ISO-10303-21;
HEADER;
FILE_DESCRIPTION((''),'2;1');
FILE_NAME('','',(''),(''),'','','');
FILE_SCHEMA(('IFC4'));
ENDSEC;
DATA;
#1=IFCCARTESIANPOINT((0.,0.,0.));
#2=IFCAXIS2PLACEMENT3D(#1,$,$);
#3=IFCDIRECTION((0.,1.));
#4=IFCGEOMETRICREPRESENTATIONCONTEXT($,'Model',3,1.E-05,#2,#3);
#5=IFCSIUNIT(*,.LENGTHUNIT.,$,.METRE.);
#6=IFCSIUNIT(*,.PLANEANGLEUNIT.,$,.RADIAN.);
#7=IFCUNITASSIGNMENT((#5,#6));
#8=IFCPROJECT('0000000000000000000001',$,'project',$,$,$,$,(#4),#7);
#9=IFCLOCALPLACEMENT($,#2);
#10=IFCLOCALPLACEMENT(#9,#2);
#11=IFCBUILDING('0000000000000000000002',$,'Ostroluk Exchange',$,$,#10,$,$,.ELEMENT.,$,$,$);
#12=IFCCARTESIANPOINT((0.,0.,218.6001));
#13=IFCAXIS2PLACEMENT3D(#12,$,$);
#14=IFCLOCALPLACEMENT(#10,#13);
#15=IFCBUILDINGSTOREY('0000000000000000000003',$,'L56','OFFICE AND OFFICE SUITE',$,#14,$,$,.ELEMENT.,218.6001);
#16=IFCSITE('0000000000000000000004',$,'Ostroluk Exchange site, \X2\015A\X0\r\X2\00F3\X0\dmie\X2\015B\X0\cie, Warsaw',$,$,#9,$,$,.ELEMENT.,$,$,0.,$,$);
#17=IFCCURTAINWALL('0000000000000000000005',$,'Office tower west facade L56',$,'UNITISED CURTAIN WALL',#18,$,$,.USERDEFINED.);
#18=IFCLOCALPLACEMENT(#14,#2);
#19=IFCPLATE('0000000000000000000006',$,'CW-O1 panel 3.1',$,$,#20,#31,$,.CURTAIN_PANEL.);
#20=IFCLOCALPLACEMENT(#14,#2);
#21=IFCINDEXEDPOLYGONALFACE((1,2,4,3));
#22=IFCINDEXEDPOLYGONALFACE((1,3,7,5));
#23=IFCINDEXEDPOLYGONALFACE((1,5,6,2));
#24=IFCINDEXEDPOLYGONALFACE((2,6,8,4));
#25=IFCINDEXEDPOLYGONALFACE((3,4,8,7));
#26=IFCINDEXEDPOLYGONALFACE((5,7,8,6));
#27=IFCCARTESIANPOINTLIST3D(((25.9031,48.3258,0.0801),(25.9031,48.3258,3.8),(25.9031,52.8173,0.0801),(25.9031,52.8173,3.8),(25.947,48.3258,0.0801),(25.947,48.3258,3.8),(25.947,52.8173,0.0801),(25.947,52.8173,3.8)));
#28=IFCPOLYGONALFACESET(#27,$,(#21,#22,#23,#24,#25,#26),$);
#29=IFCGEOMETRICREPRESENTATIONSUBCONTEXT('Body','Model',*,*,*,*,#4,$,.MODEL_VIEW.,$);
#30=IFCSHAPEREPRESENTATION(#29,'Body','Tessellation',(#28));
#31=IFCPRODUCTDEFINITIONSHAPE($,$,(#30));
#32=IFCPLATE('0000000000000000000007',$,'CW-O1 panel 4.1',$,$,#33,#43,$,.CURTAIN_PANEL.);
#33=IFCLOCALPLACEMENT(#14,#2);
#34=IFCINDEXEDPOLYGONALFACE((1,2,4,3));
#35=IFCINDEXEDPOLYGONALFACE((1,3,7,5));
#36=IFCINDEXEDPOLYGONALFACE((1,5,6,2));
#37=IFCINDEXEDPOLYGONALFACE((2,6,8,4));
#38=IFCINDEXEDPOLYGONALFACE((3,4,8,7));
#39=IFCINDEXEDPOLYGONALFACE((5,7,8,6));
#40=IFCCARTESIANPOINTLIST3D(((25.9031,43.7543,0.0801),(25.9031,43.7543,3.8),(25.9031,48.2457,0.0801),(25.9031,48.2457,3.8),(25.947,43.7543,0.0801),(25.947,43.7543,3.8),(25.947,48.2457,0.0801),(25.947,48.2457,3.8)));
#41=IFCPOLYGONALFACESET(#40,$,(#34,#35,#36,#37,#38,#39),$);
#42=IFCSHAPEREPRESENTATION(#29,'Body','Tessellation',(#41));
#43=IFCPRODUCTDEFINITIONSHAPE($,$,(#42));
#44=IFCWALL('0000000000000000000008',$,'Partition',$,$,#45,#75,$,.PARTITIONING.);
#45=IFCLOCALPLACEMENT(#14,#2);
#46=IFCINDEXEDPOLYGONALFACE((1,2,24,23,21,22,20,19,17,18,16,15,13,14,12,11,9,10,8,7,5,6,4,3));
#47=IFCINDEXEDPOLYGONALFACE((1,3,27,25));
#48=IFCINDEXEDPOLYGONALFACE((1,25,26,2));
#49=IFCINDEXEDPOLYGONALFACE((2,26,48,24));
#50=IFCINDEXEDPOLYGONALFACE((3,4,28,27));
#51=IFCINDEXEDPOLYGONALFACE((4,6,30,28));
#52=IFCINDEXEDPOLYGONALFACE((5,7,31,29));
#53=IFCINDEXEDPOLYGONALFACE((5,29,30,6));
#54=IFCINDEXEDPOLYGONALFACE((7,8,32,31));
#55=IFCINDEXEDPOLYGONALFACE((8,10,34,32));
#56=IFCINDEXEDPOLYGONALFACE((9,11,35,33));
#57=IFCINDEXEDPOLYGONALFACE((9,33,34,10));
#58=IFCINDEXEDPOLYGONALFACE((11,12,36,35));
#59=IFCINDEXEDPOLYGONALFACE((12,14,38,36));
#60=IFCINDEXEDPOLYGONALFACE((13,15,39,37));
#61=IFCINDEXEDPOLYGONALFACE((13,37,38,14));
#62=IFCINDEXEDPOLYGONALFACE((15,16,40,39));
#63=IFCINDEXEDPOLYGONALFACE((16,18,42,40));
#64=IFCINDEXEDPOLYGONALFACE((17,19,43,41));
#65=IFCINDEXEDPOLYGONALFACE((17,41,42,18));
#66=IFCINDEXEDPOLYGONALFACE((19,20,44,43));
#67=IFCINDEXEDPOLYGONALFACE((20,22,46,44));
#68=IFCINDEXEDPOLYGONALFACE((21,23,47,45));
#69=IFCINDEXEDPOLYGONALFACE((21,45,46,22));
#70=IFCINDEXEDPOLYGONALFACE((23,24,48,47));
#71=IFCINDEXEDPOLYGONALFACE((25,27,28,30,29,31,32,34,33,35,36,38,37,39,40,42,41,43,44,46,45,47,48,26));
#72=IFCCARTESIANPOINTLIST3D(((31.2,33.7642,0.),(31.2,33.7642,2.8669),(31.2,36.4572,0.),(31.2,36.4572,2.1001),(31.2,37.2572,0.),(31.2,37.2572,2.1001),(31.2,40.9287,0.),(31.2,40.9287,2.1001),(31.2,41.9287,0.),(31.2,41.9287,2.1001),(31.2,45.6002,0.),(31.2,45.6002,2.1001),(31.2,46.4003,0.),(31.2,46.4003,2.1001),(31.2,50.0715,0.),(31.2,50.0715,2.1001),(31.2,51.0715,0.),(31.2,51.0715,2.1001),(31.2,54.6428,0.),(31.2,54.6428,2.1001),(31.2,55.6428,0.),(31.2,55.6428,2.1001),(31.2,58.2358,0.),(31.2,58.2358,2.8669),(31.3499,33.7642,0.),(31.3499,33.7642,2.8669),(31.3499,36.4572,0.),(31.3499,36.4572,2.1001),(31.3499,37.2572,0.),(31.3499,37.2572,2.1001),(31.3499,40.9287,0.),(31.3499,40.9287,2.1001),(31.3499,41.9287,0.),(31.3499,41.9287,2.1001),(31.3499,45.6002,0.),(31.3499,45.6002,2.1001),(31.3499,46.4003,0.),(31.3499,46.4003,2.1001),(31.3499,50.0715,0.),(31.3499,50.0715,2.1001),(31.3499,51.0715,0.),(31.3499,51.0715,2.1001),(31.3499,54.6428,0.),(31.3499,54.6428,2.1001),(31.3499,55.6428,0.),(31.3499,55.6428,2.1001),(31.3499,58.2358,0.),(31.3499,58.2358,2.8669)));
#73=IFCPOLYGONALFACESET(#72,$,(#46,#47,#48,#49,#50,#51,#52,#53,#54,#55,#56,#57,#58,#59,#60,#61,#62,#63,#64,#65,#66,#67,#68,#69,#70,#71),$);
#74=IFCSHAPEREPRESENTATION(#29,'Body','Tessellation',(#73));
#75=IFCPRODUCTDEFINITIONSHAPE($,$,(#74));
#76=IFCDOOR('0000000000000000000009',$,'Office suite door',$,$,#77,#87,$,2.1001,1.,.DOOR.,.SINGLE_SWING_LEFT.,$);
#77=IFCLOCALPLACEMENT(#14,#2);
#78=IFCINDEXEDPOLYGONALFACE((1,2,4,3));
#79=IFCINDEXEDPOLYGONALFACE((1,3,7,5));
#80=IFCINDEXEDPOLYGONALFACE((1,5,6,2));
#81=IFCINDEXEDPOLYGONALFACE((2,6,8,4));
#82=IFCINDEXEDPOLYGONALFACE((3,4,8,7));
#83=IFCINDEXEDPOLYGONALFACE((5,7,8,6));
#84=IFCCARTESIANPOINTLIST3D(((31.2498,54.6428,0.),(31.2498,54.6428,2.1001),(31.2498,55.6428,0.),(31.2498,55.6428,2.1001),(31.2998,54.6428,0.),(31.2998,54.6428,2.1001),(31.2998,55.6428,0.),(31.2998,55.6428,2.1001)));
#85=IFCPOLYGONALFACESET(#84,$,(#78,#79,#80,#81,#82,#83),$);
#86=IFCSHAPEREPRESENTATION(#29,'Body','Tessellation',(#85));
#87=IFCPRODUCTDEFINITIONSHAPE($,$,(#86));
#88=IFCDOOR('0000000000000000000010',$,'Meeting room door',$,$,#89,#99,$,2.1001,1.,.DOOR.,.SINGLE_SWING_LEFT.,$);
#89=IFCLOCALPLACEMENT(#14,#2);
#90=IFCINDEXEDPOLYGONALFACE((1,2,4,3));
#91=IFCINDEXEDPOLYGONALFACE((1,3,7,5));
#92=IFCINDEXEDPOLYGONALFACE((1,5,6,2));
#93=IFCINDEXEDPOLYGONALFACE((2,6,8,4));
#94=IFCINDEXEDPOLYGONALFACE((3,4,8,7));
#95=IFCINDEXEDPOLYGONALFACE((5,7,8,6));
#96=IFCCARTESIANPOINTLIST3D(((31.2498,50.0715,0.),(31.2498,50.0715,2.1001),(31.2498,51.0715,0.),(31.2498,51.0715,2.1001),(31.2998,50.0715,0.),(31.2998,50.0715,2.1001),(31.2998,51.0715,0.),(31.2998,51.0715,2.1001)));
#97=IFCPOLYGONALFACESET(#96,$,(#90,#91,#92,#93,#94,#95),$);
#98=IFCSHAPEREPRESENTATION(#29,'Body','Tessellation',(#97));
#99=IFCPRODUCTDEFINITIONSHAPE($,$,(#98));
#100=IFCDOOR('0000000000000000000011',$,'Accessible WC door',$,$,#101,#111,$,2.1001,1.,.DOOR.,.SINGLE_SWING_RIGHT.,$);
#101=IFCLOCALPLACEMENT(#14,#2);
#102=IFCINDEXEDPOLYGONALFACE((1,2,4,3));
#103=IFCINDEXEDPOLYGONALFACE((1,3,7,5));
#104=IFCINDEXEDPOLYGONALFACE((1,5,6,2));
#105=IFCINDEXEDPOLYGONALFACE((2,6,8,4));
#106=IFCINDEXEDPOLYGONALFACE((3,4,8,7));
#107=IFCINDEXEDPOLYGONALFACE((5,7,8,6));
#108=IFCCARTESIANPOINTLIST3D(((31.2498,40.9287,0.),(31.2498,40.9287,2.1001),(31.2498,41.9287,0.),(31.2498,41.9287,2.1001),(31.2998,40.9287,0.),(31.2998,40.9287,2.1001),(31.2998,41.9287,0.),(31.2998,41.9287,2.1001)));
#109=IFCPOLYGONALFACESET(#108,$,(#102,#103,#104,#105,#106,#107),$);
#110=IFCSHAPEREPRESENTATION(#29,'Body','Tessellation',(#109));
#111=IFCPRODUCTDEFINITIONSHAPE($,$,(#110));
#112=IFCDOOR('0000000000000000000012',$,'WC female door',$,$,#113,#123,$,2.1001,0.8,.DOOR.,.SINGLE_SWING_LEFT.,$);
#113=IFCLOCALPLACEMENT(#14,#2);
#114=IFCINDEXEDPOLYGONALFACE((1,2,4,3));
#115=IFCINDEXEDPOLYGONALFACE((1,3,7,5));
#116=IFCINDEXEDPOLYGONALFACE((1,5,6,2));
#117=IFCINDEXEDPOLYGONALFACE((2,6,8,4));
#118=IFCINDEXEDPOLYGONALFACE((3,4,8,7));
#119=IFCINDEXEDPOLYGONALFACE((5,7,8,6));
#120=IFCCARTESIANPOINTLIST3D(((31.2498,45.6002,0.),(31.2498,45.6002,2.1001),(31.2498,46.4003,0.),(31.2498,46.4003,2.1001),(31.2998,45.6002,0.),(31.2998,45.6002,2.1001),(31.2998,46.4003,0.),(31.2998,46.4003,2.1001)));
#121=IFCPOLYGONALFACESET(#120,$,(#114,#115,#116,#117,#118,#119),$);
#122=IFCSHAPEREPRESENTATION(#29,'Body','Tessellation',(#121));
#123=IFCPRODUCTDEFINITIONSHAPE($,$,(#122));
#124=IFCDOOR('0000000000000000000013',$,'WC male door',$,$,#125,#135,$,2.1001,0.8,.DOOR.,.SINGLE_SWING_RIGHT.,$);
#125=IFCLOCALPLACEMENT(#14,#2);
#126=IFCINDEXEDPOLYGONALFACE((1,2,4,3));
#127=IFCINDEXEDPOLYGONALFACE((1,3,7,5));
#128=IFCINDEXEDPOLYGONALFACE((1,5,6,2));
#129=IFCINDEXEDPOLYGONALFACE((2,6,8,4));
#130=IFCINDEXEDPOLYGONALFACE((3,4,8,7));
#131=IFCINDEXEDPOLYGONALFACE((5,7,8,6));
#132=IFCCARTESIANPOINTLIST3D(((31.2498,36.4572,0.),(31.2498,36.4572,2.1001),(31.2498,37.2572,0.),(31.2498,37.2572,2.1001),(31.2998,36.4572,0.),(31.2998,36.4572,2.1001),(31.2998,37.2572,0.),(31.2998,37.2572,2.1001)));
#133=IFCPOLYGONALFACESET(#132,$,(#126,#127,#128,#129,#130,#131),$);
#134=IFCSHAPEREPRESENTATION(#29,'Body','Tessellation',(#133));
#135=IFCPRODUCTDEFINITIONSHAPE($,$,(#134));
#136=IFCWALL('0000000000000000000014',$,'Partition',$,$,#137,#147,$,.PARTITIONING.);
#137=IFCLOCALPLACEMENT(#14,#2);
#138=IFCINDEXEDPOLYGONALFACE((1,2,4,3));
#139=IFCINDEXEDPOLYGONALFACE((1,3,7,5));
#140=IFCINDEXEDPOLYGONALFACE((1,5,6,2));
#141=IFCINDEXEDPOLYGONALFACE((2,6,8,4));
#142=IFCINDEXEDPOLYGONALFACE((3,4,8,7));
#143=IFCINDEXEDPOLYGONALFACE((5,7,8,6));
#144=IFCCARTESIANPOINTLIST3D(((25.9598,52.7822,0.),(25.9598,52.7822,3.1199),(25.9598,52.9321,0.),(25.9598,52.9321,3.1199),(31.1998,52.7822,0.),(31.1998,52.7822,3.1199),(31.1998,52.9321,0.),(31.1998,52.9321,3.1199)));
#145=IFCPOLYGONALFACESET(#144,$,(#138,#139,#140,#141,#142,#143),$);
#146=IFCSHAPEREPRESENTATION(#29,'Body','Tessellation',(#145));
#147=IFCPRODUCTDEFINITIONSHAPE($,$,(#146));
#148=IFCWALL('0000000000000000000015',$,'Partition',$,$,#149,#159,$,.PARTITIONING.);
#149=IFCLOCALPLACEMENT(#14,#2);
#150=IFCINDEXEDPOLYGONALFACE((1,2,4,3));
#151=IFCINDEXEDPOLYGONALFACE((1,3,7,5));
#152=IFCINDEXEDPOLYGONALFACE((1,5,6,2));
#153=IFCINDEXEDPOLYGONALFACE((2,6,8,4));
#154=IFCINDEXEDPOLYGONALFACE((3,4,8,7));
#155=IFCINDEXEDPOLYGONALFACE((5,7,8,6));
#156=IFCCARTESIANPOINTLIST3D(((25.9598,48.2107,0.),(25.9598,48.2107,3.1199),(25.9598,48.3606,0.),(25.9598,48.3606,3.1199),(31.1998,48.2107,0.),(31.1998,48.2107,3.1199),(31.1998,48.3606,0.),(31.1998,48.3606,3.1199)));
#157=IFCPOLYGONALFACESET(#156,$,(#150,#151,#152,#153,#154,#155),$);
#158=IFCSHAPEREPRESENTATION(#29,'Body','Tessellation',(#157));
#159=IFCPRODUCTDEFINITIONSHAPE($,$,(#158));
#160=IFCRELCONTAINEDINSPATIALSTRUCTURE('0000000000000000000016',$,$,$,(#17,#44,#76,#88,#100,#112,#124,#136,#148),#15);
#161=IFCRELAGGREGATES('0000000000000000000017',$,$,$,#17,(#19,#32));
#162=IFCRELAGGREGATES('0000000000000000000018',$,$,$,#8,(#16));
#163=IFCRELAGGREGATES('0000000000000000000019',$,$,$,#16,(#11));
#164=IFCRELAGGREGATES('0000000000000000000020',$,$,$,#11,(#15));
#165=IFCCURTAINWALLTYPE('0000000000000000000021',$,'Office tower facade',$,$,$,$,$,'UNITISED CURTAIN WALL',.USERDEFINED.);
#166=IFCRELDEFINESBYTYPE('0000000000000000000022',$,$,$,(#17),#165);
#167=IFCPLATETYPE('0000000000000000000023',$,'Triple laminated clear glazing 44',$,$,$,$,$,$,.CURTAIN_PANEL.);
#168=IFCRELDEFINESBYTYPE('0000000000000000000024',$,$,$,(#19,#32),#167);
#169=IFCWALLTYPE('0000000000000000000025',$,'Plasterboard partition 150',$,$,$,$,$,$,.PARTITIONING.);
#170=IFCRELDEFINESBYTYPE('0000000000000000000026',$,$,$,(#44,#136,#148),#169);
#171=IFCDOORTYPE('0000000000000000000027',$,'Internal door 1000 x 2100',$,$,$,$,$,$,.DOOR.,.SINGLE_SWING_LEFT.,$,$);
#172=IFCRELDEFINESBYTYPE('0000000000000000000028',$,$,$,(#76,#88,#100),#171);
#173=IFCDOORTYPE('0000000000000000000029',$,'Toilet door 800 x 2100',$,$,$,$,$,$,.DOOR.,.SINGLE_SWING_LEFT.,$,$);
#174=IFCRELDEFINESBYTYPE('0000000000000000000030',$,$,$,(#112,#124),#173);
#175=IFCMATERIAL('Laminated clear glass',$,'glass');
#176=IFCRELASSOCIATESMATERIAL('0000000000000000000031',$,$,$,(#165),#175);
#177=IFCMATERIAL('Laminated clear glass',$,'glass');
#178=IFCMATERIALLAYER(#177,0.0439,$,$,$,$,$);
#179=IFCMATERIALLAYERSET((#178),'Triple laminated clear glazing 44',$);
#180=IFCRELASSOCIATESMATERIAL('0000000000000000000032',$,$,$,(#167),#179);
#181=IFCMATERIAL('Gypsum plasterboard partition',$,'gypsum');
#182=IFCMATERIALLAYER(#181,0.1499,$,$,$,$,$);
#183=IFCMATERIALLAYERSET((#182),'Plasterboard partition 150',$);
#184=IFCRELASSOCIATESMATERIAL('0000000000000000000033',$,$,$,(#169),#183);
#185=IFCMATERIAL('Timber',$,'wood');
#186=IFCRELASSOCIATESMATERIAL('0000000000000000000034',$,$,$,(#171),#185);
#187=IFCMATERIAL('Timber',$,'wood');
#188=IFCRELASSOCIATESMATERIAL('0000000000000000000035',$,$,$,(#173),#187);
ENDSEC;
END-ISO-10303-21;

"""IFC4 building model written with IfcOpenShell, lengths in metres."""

from ifc_helpers import new_model, si_unit, direction, frame, frame_2d, origin, origin_2d, place, context, subcontext, project, spatial, rectangle, extrude, material, layer, layer_set, type_object, element, fill, aggregate, save


model = new_model("IFC4")

# Units and contexts
model_context = context("Model", 3, precision=1e-05, world=origin(), true_north=direction((0.0, 1.0)))
body_context = subcontext(model_context, "Body", "Model", "MODEL_VIEW")
ifc_project = project(units=[si_unit("LENGTHUNIT", "METRE"), si_unit("PLANEANGLEUNIT", "RADIAN")], contexts=[model_context])

# Site, building, storey
site_placement = place(None, origin())
site = spatial("IfcSite", under=ifc_project, at=site_placement, Name="Ostroluk Exchange site, Śródmieście, Warsaw", CompositionType="ELEMENT", RefElevation=0.0)
building_placement = place(site_placement, origin())
building = spatial("IfcBuilding", under=site, at=building_placement, Name="Ostroluk Exchange", CompositionType="ELEMENT")
storey_placement = place(building_placement, frame((0.0, 0.0, 218.6001)))
storey = spatial("IfcBuildingStorey", under=building, at=storey_placement, Name="L56", Description="OFFICE AND OFFICE SUITE", CompositionType="ELEMENT", Elevation=218.6001)

# Curtain wall, plates
ifc_material_1 = material(Name="Laminated clear glass", Category="glass")
curtain_wall_type = type_object("IfcCurtainWallType", Name="Office tower facade", ElementType="UNITISED CURTAIN WALL", PredefinedType="USERDEFINED", material=ifc_material_1)
curtain_wall_placement = place(storey_placement, origin())
curtain_wall = element("IfcCurtainWall", 1, at=curtain_wall_placement, inside=storey, type_object=curtain_wall_type, Name="Office tower west facade L56", ObjectType="UNITISED CURTAIN WALL", PredefinedType="USERDEFINED")
ifc_material_2 = material(Name="Laminated clear glass", Category="glass")
ifc_layer_1 = layer(ifc_material_2, 0.0439)
ifc_layer_set_1 = layer_set([ifc_layer_1], Name="Triple laminated clear glazing 44")
plate_type = type_object("IfcPlateType", Name="Triple laminated clear glazing 44", PredefinedType="CURTAIN_PANEL", material=ifc_layer_set_1)
plate_1_placement = place(storey_placement, frame((25.925, 50.5715, 0.0801), z_axis=(0.0, 0.0, 1.0), x_axis=(0.0, -1.0, 0.0)))
plate_1 = element("IfcPlate", 2, at=plate_1_placement, type_object=plate_type, Name="CW-O1 panel 3.1", PredefinedType="CURTAIN_PANEL", context=body_context, shape_type="SweptSolid", body=[
    extrude(rectangle(XDim=4.4915, YDim=0.0439, at=origin_2d()), origin(), (0.0, 0.0, 1.0), 3.72),
])
plate_2_placement = place(storey_placement, frame((25.925, 46.0, 0.0801), z_axis=(0.0, 0.0, 1.0), x_axis=(0.0, -1.0, 0.0)))
plate_2 = element("IfcPlate", 3, at=plate_2_placement, type_object=plate_type, Name="CW-O1 panel 4.1", PredefinedType="CURTAIN_PANEL", context=body_context, shape_type="SweptSolid", body=[
    extrude(rectangle(XDim=4.4915, YDim=0.0439, at=origin_2d()), origin(), (0.0, 0.0, 1.0), 3.72),
])
aggregate(curtain_wall, [plate_1, plate_2])

# Wall, openings, doors
ifc_material_3 = material(Name="Gypsum plasterboard partition", Category="gypsum")
ifc_layer_2 = layer(ifc_material_3, 0.1499)
ifc_layer_set_2 = layer_set([ifc_layer_2], Name="Plasterboard partition 150")
wall_type = type_object("IfcWallType", Name="Plasterboard partition 150", PredefinedType="PARTITIONING", material=ifc_layer_set_2)
wall_placement = place(storey_placement, frame((31.2749, 58.2358, 0.0), z_axis=(0.0, 0.0, 1.0), x_axis=(0.0, -1.0, 0.0)))
wall = element("IfcWall", 4, at=wall_placement, inside=storey, type_object=wall_type, Name="Partition", PredefinedType="PARTITIONING", context=body_context, shape_type="SweptSolid", body=[
    extrude(rectangle(XDim=24.4717, YDim=0.1499, at=frame_2d((12.2358, 0.0))), origin(), (0.0, 0.0, 1.0), 2.8669),
])
opening_1_placement = place(wall_placement, frame((2.593, 0.0, 0.0)))
opening_1 = element("IfcOpeningElement", 5, at=opening_1_placement, cuts=wall, PredefinedType="OPENING", context=body_context, shape_type="SweptSolid", body=[
    extrude(rectangle(XDim=1.0, YDim=2.1001, at=frame_2d((0.5, 1.05))), frame((0.0, 0.085, 0.0), z_axis=(0.0, -1.0, 0.0), x_axis=(1.0, 0.0, 0.0)), (0.0, 0.0, 1.0), 0.1699),
])
opening_2_placement = place(wall_placement, frame((7.1643, 0.0, 0.0)))
opening_2 = element("IfcOpeningElement", 6, at=opening_2_placement, cuts=wall, PredefinedType="OPENING", context=body_context, shape_type="SweptSolid", body=[
    extrude(rectangle(XDim=1.0, YDim=2.1001, at=frame_2d((0.5, 1.05))), frame((0.0, 0.085, 0.0), z_axis=(0.0, -1.0, 0.0), x_axis=(1.0, 0.0, 0.0)), (0.0, 0.0, 1.0), 0.1699),
])
opening_3_placement = place(wall_placement, frame((11.8357, 0.0, 0.0)))
opening_3 = element("IfcOpeningElement", 7, at=opening_3_placement, cuts=wall, PredefinedType="OPENING", context=body_context, shape_type="SweptSolid", body=[
    extrude(rectangle(XDim=0.8, YDim=2.1001, at=frame_2d((0.3999, 1.05))), frame((0.0, 0.085, 0.0), z_axis=(0.0, -1.0, 0.0), x_axis=(1.0, 0.0, 0.0)), (0.0, 0.0, 1.0), 0.1699),
])
opening_4_placement = place(wall_placement, frame((16.3071, 0.0, 0.0)))
opening_4 = element("IfcOpeningElement", 8, at=opening_4_placement, cuts=wall, PredefinedType="OPENING", context=body_context, shape_type="SweptSolid", body=[
    extrude(rectangle(XDim=1.0, YDim=2.1001, at=frame_2d((0.5, 1.05))), frame((0.0, 0.085, 0.0), z_axis=(0.0, -1.0, 0.0), x_axis=(1.0, 0.0, 0.0)), (0.0, 0.0, 1.0), 0.1699),
])
opening_5_placement = place(wall_placement, frame((20.9788, 0.0, 0.0)))
opening_5 = element("IfcOpeningElement", 9, at=opening_5_placement, cuts=wall, PredefinedType="OPENING", context=body_context, shape_type="SweptSolid", body=[
    extrude(rectangle(XDim=0.8, YDim=2.1001, at=frame_2d((0.3999, 1.05))), frame((0.0, 0.085, 0.0), z_axis=(0.0, -1.0, 0.0), x_axis=(1.0, 0.0, 0.0)), (0.0, 0.0, 1.0), 0.1699),
])
ifc_material_4 = material(Name="Timber", Category="wood")
door_type_1 = type_object("IfcDoorType", Name="Internal door 1000 x 2100", OperationType="SINGLE_SWING_LEFT", PredefinedType="DOOR", material=ifc_material_4)
door_1_placement = place(opening_1_placement, origin())
door_1 = element("IfcDoor", 10, at=door_1_placement, inside=storey, type_object=door_type_1, Name="Office suite door", OperationType="SINGLE_SWING_LEFT", OverallHeight=2.1001, OverallWidth=1.0, PredefinedType="DOOR", context=body_context, shape_type="SweptSolid", body=[
    extrude(rectangle(XDim=1.0, YDim=2.1001, at=frame_2d((0.5, 1.05))), frame((0.0, 0.0249, 0.0), z_axis=(0.0, -1.0, 0.0), x_axis=(1.0, 0.0, 0.0)), (0.0, 0.0, 1.0), 0.05),
])
fill(opening_1, door_1)
door_2_placement = place(opening_2_placement, origin())
door_2 = element("IfcDoor", 11, at=door_2_placement, inside=storey, type_object=door_type_1, Name="Meeting room door", OperationType="SINGLE_SWING_LEFT", OverallHeight=2.1001, OverallWidth=1.0, PredefinedType="DOOR", context=body_context, shape_type="SweptSolid", body=[
    extrude(rectangle(XDim=1.0, YDim=2.1001, at=frame_2d((0.5, 1.05))), frame((0.0, 0.0249, 0.0), z_axis=(0.0, -1.0, 0.0), x_axis=(1.0, 0.0, 0.0)), (0.0, 0.0, 1.0), 0.05),
])
fill(opening_2, door_2)
door_3_placement = place(opening_4_placement, origin())
door_3 = element("IfcDoor", 12, at=door_3_placement, inside=storey, type_object=door_type_1, Name="Accessible WC door", OperationType="SINGLE_SWING_RIGHT", OverallHeight=2.1001, OverallWidth=1.0, PredefinedType="DOOR", context=body_context, shape_type="SweptSolid", body=[
    extrude(rectangle(XDim=1.0, YDim=2.1001, at=frame_2d((0.5, 1.05))), frame((0.0, 0.0249, 0.0), z_axis=(0.0, -1.0, 0.0), x_axis=(1.0, 0.0, 0.0)), (0.0, 0.0, 1.0), 0.05),
])
fill(opening_4, door_3)
ifc_material_5 = material(Name="Timber", Category="wood")
door_type_2 = type_object("IfcDoorType", Name="Toilet door 800 x 2100", OperationType="SINGLE_SWING_LEFT", PredefinedType="DOOR", material=ifc_material_5)
door_4_placement = place(opening_3_placement, origin())
door_4 = element("IfcDoor", 13, at=door_4_placement, inside=storey, type_object=door_type_2, Name="WC female door", OperationType="SINGLE_SWING_LEFT", OverallHeight=2.1001, OverallWidth=0.8, PredefinedType="DOOR", context=body_context, shape_type="SweptSolid", body=[
    extrude(rectangle(XDim=0.8, YDim=2.1001, at=frame_2d((0.3999, 1.05))), frame((0.0, 0.0249, 0.0), z_axis=(0.0, -1.0, 0.0), x_axis=(1.0, 0.0, 0.0)), (0.0, 0.0, 1.0), 0.05),
])
fill(opening_3, door_4)
door_5_placement = place(opening_5_placement, origin())
door_5 = element("IfcDoor", 14, at=door_5_placement, inside=storey, type_object=door_type_2, Name="WC male door", OperationType="SINGLE_SWING_RIGHT", OverallHeight=2.1001, OverallWidth=0.8, PredefinedType="DOOR", context=body_context, shape_type="SweptSolid", body=[
    extrude(rectangle(XDim=0.8, YDim=2.1001, at=frame_2d((0.3999, 1.05))), frame((0.0, 0.0249, 0.0), z_axis=(0.0, -1.0, 0.0), x_axis=(1.0, 0.0, 0.0)), (0.0, 0.0, 1.0), 0.05),
])
fill(opening_5, door_5)

# Walls
for number, where, z_axis, x_axis, name in (
    (15, (31.2, 52.8572, 0.0), (0.0, 0.0, 1.0), (-1.0, 0.0, 0.0), "Partition"),
    (16, (31.2, 48.2856, 0.0), (0.0, 0.0, 1.0), (-1.0, 0.0, 0.0), "Partition"),
):
    element("IfcWall", number, at=place(storey_placement, frame(where, z_axis=z_axis, x_axis=x_axis)), inside=storey, type_object=wall_type, Name=name, PredefinedType="PARTITIONING", context=body_context, shape_type="SweptSolid", body=[
        extrude(rectangle(XDim=5.24, YDim=0.1499, at=frame_2d((2.6201, 0.0))), origin(), (0.0, 0.0, 1.0), 3.1199),
    ])

save(model, "model.ifc")
